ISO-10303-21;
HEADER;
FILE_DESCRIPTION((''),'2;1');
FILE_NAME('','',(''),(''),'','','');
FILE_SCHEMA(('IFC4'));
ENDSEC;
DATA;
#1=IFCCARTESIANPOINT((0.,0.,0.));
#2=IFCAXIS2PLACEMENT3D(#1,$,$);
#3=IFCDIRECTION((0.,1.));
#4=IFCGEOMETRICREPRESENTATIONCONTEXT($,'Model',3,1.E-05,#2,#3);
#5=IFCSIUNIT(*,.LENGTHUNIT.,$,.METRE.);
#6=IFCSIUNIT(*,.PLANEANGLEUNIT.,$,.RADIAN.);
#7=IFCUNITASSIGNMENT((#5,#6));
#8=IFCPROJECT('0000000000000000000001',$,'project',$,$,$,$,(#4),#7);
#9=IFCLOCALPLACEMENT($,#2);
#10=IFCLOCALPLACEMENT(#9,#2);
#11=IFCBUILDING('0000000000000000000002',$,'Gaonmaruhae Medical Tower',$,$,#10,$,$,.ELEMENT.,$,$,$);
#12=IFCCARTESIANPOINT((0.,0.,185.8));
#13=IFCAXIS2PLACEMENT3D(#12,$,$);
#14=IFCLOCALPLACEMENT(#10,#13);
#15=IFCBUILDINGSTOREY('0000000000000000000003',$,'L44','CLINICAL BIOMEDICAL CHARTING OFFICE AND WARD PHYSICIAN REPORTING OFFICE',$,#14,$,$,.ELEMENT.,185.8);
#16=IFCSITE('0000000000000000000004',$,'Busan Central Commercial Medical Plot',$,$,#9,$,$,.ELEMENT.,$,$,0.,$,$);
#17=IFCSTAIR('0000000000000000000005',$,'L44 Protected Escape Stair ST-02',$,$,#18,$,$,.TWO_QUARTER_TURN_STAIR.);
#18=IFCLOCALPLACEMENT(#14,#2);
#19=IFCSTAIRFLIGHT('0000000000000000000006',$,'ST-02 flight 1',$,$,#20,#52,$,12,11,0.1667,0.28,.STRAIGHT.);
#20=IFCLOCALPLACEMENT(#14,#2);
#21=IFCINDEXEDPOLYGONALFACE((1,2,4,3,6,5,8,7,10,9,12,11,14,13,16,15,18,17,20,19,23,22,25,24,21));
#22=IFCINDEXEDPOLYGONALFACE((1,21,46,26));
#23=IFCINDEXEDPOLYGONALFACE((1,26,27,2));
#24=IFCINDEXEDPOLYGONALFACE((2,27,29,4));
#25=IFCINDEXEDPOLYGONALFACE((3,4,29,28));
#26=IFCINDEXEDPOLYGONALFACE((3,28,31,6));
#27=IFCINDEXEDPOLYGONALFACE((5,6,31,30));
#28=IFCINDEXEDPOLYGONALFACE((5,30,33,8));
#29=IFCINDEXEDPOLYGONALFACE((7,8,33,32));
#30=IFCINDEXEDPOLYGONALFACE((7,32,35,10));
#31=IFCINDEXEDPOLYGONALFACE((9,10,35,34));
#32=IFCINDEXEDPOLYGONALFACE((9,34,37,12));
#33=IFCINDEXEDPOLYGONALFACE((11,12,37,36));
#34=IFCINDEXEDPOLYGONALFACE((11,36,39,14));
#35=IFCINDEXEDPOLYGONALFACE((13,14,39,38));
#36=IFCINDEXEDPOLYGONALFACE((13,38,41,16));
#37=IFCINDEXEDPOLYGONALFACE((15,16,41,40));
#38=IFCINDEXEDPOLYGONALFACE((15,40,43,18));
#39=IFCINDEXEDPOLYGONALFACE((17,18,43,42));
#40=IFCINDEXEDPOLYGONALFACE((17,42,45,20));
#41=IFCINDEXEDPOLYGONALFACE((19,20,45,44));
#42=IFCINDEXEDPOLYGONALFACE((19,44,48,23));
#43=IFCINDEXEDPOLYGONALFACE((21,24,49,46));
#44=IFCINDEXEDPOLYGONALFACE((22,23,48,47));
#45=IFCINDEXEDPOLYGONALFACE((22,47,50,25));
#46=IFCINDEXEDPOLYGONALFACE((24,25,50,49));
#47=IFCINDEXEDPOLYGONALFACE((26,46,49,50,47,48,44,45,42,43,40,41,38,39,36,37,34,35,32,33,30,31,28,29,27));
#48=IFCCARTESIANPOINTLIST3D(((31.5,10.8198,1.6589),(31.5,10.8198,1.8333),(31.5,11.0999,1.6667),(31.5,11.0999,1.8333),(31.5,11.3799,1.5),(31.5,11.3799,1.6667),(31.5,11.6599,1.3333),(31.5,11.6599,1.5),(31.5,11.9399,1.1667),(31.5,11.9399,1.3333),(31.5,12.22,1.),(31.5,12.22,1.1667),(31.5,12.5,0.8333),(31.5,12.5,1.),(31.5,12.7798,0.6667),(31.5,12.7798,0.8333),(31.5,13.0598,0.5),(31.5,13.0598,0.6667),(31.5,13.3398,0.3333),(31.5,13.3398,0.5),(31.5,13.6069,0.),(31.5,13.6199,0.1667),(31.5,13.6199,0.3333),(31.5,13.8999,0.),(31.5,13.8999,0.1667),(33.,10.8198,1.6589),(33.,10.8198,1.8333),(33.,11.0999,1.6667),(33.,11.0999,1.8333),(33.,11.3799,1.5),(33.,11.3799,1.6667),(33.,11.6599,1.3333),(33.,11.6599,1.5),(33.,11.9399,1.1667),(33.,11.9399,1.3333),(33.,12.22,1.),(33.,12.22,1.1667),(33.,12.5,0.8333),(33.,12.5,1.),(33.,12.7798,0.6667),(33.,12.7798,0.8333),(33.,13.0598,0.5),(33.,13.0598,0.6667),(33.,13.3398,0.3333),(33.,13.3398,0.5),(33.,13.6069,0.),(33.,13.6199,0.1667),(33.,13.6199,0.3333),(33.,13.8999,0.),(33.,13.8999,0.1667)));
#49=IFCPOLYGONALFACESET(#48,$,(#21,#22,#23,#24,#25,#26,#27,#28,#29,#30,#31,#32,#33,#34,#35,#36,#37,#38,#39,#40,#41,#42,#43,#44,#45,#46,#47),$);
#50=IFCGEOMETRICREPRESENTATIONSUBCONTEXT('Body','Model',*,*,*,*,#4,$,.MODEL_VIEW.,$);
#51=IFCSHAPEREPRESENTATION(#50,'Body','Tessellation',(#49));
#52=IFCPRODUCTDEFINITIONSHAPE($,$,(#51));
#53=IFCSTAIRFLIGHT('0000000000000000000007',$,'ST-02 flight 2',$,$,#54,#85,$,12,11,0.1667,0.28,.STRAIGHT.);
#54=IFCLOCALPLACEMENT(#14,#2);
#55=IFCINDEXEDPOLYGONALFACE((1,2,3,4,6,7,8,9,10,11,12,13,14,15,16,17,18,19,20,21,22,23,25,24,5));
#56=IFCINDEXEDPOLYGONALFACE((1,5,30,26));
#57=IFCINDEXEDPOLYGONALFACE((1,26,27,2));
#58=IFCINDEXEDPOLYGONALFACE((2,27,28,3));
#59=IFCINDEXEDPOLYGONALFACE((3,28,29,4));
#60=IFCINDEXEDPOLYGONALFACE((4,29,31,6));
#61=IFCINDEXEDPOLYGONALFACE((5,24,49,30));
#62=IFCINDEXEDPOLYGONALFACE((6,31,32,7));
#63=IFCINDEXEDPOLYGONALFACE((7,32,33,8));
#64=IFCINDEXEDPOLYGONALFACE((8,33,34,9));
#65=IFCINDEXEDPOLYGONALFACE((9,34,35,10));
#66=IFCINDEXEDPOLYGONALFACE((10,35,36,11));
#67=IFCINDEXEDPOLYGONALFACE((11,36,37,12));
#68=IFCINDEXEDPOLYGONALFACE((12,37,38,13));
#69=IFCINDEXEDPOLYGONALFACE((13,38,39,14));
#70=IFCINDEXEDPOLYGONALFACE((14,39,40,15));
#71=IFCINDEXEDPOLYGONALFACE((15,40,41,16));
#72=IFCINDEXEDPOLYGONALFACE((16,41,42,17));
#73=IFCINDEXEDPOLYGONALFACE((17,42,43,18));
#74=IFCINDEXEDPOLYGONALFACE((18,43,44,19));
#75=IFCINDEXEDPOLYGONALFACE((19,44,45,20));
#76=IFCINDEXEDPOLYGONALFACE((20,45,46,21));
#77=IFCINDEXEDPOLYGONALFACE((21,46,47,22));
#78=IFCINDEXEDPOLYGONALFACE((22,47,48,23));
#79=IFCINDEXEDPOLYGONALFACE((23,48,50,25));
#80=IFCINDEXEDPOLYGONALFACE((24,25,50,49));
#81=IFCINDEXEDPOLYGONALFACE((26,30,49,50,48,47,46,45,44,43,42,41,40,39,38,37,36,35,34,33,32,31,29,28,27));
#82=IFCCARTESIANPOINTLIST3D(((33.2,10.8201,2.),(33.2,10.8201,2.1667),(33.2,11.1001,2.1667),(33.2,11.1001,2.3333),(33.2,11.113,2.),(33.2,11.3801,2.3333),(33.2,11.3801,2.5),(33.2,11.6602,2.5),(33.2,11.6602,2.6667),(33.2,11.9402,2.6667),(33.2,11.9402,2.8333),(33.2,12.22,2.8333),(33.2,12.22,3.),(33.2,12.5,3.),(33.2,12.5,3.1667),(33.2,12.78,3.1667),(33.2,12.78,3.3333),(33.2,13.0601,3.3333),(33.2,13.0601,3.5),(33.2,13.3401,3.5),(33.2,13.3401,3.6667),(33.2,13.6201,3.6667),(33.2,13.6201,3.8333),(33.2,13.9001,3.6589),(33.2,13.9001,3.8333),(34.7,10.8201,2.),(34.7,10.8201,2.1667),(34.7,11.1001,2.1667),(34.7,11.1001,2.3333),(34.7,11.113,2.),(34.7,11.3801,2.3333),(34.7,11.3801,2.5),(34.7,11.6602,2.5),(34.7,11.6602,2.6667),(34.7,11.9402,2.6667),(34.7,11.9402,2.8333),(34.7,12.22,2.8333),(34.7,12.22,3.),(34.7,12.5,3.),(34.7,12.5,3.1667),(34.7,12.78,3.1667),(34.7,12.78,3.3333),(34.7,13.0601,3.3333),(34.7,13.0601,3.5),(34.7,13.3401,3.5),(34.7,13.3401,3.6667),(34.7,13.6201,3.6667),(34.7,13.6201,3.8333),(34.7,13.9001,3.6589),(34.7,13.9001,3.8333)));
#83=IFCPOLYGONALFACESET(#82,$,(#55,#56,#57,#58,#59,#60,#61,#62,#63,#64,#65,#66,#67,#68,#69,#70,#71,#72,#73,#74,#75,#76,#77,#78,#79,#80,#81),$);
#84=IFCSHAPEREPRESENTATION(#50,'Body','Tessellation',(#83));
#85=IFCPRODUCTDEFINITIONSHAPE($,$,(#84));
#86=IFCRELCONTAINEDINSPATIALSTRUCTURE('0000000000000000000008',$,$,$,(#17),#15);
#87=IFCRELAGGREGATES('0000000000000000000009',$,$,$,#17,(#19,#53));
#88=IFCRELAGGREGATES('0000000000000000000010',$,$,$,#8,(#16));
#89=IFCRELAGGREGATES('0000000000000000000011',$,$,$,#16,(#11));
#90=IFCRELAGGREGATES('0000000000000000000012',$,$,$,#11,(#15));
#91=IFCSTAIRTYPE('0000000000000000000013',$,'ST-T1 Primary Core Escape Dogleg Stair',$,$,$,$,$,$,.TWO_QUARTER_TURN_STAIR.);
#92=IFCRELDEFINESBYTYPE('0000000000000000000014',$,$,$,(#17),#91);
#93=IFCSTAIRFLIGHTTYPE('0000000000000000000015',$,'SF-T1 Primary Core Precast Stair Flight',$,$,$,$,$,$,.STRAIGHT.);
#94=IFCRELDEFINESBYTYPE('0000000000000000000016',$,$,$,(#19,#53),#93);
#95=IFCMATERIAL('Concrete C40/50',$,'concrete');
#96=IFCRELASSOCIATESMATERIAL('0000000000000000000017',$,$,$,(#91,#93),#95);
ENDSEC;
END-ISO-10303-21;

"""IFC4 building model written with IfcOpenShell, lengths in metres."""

from ifc_helpers import new_model, si_unit, direction, frame, origin, place, context, subcontext, project, spatial, polyline, outline, extrude, material, type_object, element, aggregate, save


model = new_model("IFC4")

# Units and contexts
model_context = context("Model", 3, precision=1e-05, world=origin(), true_north=direction((0.0, 1.0)))
body_context = subcontext(model_context, "Body", "Model", "MODEL_VIEW")
ifc_project = project(units=[si_unit("LENGTHUNIT", "METRE"), si_unit("PLANEANGLEUNIT", "RADIAN")], contexts=[model_context])

# Site, building, storey
site_placement = place(None, origin())
site = spatial("IfcSite", under=ifc_project, at=site_placement, Name="Busan Central Commercial Medical Plot", CompositionType="ELEMENT", RefElevation=0.0)
building_placement = place(site_placement, origin())
building = spatial("IfcBuilding", under=site, at=building_placement, Name="Gaonmaruhae Medical Tower", CompositionType="ELEMENT")
storey_placement = place(building_placement, frame((0.0, 0.0, 185.8)))
storey = spatial("IfcBuildingStorey", under=building, at=storey_placement, Name="L44", Description="CLINICAL BIOMEDICAL CHARTING OFFICE AND WARD PHYSICIAN REPORTING OFFICE", CompositionType="ELEMENT", Elevation=185.8)

# Stair, stair flights
ifc_material_1 = material(Name="Concrete C40/50", Category="concrete")
stair_type = type_object("IfcStairType", Name="ST-T1 Primary Core Escape Dogleg Stair", PredefinedType="TWO_QUARTER_TURN_STAIR", material=ifc_material_1)
stair_placement = place(storey_placement, origin())
stair = element("IfcStair", 1, at=stair_placement, inside=storey, type_object=stair_type, Name="L44 Protected Escape Stair ST-02", PredefinedType="TWO_QUARTER_TURN_STAIR")
stair_flight_type = type_object("IfcStairFlightType", Name="SF-T1 Primary Core Precast Stair Flight", PredefinedType="STRAIGHT", material=ifc_material_1)
stair_flight_1_placement = place(storey_placement, frame((32.25, 13.8999, 0.0), z_axis=(0.0, 0.0, 1.0), x_axis=(0.0, -1.0, 0.0)))
stair_flight_1 = element("IfcStairFlight", 2, at=stair_flight_1_placement, type_object=stair_flight_type, Name="ST-02 flight 1", NumberOfRisers=12, NumberOfTreads=11, PredefinedType="STRAIGHT", RiserHeight=0.1667, TreadLength=0.28, context=body_context, shape_type="SweptSolid", body=[
    extrude(outline(polyline([(0.0, 0.0), (0.0, 0.1667), (0.28, 0.1667), (0.28, 0.3333), (0.5601, 0.3333), (0.5601, 0.5), (0.8401, 0.5), (0.8401, 0.6667), (1.1201, 0.6667), (1.1201, 0.8333), (1.3999, 0.8333), (1.3999, 1.0), (1.6799, 1.0), (1.6799, 1.1667), (1.96, 1.1667), (1.96, 1.3333), (2.24, 1.3333), (2.24, 1.5), (2.52, 1.5), (2.52, 1.6667), (2.8, 1.6667), (2.8, 1.8333), (3.0801, 1.8333), (3.0801, 2.0), (3.0801, 1.6589), (0.293, 0.0), (0.0, 0.0)])), frame((0.0, 0.75, 0.0), z_axis=(0.0, -1.0, 0.0), x_axis=(1.0, 0.0, 0.0)), (0.0, 0.0, 1.0), 1.5),
])
stair_flight_2_placement = place(storey_placement, frame((33.95, 10.8201, 2.0), z_axis=(0.0, 0.0, 1.0), x_axis=(0.0, 1.0, 0.0)))
stair_flight_2 = element("IfcStairFlight", 3, at=stair_flight_2_placement, type_object=stair_flight_type, Name="ST-02 flight 2", NumberOfRisers=12, NumberOfTreads=11, PredefinedType="STRAIGHT", RiserHeight=0.1667, TreadLength=0.28, context=body_context, shape_type="SweptSolid", body=[
    extrude(outline(polyline([(0.0, 0.0), (0.0, 0.1667), (0.28, 0.1667), (0.28, 0.3333), (0.5601, 0.3333), (0.5601, 0.5), (0.8401, 0.5), (0.8401, 0.6667), (1.1201, 0.6667), (1.1201, 0.8333), (1.3999, 0.8333), (1.3999, 1.0), (1.6799, 1.0), (1.6799, 1.1667), (1.96, 1.1667), (1.96, 1.3333), (2.24, 1.3333), (2.24, 1.5), (2.52, 1.5), (2.52, 1.6667), (2.8, 1.6667), (2.8, 1.8333), (3.0801, 1.8333), (3.0801, 2.0), (3.0801, 1.6589), (0.293, 0.0), (0.0, 0.0)])), frame((0.0, 0.75, 0.0), z_axis=(0.0, -1.0, 0.0), x_axis=(1.0, 0.0, 0.0)), (0.0, 0.0, 1.0), 1.5),
])
aggregate(stair, [stair_flight_1, stair_flight_2])

save(model, "model.ifc")
